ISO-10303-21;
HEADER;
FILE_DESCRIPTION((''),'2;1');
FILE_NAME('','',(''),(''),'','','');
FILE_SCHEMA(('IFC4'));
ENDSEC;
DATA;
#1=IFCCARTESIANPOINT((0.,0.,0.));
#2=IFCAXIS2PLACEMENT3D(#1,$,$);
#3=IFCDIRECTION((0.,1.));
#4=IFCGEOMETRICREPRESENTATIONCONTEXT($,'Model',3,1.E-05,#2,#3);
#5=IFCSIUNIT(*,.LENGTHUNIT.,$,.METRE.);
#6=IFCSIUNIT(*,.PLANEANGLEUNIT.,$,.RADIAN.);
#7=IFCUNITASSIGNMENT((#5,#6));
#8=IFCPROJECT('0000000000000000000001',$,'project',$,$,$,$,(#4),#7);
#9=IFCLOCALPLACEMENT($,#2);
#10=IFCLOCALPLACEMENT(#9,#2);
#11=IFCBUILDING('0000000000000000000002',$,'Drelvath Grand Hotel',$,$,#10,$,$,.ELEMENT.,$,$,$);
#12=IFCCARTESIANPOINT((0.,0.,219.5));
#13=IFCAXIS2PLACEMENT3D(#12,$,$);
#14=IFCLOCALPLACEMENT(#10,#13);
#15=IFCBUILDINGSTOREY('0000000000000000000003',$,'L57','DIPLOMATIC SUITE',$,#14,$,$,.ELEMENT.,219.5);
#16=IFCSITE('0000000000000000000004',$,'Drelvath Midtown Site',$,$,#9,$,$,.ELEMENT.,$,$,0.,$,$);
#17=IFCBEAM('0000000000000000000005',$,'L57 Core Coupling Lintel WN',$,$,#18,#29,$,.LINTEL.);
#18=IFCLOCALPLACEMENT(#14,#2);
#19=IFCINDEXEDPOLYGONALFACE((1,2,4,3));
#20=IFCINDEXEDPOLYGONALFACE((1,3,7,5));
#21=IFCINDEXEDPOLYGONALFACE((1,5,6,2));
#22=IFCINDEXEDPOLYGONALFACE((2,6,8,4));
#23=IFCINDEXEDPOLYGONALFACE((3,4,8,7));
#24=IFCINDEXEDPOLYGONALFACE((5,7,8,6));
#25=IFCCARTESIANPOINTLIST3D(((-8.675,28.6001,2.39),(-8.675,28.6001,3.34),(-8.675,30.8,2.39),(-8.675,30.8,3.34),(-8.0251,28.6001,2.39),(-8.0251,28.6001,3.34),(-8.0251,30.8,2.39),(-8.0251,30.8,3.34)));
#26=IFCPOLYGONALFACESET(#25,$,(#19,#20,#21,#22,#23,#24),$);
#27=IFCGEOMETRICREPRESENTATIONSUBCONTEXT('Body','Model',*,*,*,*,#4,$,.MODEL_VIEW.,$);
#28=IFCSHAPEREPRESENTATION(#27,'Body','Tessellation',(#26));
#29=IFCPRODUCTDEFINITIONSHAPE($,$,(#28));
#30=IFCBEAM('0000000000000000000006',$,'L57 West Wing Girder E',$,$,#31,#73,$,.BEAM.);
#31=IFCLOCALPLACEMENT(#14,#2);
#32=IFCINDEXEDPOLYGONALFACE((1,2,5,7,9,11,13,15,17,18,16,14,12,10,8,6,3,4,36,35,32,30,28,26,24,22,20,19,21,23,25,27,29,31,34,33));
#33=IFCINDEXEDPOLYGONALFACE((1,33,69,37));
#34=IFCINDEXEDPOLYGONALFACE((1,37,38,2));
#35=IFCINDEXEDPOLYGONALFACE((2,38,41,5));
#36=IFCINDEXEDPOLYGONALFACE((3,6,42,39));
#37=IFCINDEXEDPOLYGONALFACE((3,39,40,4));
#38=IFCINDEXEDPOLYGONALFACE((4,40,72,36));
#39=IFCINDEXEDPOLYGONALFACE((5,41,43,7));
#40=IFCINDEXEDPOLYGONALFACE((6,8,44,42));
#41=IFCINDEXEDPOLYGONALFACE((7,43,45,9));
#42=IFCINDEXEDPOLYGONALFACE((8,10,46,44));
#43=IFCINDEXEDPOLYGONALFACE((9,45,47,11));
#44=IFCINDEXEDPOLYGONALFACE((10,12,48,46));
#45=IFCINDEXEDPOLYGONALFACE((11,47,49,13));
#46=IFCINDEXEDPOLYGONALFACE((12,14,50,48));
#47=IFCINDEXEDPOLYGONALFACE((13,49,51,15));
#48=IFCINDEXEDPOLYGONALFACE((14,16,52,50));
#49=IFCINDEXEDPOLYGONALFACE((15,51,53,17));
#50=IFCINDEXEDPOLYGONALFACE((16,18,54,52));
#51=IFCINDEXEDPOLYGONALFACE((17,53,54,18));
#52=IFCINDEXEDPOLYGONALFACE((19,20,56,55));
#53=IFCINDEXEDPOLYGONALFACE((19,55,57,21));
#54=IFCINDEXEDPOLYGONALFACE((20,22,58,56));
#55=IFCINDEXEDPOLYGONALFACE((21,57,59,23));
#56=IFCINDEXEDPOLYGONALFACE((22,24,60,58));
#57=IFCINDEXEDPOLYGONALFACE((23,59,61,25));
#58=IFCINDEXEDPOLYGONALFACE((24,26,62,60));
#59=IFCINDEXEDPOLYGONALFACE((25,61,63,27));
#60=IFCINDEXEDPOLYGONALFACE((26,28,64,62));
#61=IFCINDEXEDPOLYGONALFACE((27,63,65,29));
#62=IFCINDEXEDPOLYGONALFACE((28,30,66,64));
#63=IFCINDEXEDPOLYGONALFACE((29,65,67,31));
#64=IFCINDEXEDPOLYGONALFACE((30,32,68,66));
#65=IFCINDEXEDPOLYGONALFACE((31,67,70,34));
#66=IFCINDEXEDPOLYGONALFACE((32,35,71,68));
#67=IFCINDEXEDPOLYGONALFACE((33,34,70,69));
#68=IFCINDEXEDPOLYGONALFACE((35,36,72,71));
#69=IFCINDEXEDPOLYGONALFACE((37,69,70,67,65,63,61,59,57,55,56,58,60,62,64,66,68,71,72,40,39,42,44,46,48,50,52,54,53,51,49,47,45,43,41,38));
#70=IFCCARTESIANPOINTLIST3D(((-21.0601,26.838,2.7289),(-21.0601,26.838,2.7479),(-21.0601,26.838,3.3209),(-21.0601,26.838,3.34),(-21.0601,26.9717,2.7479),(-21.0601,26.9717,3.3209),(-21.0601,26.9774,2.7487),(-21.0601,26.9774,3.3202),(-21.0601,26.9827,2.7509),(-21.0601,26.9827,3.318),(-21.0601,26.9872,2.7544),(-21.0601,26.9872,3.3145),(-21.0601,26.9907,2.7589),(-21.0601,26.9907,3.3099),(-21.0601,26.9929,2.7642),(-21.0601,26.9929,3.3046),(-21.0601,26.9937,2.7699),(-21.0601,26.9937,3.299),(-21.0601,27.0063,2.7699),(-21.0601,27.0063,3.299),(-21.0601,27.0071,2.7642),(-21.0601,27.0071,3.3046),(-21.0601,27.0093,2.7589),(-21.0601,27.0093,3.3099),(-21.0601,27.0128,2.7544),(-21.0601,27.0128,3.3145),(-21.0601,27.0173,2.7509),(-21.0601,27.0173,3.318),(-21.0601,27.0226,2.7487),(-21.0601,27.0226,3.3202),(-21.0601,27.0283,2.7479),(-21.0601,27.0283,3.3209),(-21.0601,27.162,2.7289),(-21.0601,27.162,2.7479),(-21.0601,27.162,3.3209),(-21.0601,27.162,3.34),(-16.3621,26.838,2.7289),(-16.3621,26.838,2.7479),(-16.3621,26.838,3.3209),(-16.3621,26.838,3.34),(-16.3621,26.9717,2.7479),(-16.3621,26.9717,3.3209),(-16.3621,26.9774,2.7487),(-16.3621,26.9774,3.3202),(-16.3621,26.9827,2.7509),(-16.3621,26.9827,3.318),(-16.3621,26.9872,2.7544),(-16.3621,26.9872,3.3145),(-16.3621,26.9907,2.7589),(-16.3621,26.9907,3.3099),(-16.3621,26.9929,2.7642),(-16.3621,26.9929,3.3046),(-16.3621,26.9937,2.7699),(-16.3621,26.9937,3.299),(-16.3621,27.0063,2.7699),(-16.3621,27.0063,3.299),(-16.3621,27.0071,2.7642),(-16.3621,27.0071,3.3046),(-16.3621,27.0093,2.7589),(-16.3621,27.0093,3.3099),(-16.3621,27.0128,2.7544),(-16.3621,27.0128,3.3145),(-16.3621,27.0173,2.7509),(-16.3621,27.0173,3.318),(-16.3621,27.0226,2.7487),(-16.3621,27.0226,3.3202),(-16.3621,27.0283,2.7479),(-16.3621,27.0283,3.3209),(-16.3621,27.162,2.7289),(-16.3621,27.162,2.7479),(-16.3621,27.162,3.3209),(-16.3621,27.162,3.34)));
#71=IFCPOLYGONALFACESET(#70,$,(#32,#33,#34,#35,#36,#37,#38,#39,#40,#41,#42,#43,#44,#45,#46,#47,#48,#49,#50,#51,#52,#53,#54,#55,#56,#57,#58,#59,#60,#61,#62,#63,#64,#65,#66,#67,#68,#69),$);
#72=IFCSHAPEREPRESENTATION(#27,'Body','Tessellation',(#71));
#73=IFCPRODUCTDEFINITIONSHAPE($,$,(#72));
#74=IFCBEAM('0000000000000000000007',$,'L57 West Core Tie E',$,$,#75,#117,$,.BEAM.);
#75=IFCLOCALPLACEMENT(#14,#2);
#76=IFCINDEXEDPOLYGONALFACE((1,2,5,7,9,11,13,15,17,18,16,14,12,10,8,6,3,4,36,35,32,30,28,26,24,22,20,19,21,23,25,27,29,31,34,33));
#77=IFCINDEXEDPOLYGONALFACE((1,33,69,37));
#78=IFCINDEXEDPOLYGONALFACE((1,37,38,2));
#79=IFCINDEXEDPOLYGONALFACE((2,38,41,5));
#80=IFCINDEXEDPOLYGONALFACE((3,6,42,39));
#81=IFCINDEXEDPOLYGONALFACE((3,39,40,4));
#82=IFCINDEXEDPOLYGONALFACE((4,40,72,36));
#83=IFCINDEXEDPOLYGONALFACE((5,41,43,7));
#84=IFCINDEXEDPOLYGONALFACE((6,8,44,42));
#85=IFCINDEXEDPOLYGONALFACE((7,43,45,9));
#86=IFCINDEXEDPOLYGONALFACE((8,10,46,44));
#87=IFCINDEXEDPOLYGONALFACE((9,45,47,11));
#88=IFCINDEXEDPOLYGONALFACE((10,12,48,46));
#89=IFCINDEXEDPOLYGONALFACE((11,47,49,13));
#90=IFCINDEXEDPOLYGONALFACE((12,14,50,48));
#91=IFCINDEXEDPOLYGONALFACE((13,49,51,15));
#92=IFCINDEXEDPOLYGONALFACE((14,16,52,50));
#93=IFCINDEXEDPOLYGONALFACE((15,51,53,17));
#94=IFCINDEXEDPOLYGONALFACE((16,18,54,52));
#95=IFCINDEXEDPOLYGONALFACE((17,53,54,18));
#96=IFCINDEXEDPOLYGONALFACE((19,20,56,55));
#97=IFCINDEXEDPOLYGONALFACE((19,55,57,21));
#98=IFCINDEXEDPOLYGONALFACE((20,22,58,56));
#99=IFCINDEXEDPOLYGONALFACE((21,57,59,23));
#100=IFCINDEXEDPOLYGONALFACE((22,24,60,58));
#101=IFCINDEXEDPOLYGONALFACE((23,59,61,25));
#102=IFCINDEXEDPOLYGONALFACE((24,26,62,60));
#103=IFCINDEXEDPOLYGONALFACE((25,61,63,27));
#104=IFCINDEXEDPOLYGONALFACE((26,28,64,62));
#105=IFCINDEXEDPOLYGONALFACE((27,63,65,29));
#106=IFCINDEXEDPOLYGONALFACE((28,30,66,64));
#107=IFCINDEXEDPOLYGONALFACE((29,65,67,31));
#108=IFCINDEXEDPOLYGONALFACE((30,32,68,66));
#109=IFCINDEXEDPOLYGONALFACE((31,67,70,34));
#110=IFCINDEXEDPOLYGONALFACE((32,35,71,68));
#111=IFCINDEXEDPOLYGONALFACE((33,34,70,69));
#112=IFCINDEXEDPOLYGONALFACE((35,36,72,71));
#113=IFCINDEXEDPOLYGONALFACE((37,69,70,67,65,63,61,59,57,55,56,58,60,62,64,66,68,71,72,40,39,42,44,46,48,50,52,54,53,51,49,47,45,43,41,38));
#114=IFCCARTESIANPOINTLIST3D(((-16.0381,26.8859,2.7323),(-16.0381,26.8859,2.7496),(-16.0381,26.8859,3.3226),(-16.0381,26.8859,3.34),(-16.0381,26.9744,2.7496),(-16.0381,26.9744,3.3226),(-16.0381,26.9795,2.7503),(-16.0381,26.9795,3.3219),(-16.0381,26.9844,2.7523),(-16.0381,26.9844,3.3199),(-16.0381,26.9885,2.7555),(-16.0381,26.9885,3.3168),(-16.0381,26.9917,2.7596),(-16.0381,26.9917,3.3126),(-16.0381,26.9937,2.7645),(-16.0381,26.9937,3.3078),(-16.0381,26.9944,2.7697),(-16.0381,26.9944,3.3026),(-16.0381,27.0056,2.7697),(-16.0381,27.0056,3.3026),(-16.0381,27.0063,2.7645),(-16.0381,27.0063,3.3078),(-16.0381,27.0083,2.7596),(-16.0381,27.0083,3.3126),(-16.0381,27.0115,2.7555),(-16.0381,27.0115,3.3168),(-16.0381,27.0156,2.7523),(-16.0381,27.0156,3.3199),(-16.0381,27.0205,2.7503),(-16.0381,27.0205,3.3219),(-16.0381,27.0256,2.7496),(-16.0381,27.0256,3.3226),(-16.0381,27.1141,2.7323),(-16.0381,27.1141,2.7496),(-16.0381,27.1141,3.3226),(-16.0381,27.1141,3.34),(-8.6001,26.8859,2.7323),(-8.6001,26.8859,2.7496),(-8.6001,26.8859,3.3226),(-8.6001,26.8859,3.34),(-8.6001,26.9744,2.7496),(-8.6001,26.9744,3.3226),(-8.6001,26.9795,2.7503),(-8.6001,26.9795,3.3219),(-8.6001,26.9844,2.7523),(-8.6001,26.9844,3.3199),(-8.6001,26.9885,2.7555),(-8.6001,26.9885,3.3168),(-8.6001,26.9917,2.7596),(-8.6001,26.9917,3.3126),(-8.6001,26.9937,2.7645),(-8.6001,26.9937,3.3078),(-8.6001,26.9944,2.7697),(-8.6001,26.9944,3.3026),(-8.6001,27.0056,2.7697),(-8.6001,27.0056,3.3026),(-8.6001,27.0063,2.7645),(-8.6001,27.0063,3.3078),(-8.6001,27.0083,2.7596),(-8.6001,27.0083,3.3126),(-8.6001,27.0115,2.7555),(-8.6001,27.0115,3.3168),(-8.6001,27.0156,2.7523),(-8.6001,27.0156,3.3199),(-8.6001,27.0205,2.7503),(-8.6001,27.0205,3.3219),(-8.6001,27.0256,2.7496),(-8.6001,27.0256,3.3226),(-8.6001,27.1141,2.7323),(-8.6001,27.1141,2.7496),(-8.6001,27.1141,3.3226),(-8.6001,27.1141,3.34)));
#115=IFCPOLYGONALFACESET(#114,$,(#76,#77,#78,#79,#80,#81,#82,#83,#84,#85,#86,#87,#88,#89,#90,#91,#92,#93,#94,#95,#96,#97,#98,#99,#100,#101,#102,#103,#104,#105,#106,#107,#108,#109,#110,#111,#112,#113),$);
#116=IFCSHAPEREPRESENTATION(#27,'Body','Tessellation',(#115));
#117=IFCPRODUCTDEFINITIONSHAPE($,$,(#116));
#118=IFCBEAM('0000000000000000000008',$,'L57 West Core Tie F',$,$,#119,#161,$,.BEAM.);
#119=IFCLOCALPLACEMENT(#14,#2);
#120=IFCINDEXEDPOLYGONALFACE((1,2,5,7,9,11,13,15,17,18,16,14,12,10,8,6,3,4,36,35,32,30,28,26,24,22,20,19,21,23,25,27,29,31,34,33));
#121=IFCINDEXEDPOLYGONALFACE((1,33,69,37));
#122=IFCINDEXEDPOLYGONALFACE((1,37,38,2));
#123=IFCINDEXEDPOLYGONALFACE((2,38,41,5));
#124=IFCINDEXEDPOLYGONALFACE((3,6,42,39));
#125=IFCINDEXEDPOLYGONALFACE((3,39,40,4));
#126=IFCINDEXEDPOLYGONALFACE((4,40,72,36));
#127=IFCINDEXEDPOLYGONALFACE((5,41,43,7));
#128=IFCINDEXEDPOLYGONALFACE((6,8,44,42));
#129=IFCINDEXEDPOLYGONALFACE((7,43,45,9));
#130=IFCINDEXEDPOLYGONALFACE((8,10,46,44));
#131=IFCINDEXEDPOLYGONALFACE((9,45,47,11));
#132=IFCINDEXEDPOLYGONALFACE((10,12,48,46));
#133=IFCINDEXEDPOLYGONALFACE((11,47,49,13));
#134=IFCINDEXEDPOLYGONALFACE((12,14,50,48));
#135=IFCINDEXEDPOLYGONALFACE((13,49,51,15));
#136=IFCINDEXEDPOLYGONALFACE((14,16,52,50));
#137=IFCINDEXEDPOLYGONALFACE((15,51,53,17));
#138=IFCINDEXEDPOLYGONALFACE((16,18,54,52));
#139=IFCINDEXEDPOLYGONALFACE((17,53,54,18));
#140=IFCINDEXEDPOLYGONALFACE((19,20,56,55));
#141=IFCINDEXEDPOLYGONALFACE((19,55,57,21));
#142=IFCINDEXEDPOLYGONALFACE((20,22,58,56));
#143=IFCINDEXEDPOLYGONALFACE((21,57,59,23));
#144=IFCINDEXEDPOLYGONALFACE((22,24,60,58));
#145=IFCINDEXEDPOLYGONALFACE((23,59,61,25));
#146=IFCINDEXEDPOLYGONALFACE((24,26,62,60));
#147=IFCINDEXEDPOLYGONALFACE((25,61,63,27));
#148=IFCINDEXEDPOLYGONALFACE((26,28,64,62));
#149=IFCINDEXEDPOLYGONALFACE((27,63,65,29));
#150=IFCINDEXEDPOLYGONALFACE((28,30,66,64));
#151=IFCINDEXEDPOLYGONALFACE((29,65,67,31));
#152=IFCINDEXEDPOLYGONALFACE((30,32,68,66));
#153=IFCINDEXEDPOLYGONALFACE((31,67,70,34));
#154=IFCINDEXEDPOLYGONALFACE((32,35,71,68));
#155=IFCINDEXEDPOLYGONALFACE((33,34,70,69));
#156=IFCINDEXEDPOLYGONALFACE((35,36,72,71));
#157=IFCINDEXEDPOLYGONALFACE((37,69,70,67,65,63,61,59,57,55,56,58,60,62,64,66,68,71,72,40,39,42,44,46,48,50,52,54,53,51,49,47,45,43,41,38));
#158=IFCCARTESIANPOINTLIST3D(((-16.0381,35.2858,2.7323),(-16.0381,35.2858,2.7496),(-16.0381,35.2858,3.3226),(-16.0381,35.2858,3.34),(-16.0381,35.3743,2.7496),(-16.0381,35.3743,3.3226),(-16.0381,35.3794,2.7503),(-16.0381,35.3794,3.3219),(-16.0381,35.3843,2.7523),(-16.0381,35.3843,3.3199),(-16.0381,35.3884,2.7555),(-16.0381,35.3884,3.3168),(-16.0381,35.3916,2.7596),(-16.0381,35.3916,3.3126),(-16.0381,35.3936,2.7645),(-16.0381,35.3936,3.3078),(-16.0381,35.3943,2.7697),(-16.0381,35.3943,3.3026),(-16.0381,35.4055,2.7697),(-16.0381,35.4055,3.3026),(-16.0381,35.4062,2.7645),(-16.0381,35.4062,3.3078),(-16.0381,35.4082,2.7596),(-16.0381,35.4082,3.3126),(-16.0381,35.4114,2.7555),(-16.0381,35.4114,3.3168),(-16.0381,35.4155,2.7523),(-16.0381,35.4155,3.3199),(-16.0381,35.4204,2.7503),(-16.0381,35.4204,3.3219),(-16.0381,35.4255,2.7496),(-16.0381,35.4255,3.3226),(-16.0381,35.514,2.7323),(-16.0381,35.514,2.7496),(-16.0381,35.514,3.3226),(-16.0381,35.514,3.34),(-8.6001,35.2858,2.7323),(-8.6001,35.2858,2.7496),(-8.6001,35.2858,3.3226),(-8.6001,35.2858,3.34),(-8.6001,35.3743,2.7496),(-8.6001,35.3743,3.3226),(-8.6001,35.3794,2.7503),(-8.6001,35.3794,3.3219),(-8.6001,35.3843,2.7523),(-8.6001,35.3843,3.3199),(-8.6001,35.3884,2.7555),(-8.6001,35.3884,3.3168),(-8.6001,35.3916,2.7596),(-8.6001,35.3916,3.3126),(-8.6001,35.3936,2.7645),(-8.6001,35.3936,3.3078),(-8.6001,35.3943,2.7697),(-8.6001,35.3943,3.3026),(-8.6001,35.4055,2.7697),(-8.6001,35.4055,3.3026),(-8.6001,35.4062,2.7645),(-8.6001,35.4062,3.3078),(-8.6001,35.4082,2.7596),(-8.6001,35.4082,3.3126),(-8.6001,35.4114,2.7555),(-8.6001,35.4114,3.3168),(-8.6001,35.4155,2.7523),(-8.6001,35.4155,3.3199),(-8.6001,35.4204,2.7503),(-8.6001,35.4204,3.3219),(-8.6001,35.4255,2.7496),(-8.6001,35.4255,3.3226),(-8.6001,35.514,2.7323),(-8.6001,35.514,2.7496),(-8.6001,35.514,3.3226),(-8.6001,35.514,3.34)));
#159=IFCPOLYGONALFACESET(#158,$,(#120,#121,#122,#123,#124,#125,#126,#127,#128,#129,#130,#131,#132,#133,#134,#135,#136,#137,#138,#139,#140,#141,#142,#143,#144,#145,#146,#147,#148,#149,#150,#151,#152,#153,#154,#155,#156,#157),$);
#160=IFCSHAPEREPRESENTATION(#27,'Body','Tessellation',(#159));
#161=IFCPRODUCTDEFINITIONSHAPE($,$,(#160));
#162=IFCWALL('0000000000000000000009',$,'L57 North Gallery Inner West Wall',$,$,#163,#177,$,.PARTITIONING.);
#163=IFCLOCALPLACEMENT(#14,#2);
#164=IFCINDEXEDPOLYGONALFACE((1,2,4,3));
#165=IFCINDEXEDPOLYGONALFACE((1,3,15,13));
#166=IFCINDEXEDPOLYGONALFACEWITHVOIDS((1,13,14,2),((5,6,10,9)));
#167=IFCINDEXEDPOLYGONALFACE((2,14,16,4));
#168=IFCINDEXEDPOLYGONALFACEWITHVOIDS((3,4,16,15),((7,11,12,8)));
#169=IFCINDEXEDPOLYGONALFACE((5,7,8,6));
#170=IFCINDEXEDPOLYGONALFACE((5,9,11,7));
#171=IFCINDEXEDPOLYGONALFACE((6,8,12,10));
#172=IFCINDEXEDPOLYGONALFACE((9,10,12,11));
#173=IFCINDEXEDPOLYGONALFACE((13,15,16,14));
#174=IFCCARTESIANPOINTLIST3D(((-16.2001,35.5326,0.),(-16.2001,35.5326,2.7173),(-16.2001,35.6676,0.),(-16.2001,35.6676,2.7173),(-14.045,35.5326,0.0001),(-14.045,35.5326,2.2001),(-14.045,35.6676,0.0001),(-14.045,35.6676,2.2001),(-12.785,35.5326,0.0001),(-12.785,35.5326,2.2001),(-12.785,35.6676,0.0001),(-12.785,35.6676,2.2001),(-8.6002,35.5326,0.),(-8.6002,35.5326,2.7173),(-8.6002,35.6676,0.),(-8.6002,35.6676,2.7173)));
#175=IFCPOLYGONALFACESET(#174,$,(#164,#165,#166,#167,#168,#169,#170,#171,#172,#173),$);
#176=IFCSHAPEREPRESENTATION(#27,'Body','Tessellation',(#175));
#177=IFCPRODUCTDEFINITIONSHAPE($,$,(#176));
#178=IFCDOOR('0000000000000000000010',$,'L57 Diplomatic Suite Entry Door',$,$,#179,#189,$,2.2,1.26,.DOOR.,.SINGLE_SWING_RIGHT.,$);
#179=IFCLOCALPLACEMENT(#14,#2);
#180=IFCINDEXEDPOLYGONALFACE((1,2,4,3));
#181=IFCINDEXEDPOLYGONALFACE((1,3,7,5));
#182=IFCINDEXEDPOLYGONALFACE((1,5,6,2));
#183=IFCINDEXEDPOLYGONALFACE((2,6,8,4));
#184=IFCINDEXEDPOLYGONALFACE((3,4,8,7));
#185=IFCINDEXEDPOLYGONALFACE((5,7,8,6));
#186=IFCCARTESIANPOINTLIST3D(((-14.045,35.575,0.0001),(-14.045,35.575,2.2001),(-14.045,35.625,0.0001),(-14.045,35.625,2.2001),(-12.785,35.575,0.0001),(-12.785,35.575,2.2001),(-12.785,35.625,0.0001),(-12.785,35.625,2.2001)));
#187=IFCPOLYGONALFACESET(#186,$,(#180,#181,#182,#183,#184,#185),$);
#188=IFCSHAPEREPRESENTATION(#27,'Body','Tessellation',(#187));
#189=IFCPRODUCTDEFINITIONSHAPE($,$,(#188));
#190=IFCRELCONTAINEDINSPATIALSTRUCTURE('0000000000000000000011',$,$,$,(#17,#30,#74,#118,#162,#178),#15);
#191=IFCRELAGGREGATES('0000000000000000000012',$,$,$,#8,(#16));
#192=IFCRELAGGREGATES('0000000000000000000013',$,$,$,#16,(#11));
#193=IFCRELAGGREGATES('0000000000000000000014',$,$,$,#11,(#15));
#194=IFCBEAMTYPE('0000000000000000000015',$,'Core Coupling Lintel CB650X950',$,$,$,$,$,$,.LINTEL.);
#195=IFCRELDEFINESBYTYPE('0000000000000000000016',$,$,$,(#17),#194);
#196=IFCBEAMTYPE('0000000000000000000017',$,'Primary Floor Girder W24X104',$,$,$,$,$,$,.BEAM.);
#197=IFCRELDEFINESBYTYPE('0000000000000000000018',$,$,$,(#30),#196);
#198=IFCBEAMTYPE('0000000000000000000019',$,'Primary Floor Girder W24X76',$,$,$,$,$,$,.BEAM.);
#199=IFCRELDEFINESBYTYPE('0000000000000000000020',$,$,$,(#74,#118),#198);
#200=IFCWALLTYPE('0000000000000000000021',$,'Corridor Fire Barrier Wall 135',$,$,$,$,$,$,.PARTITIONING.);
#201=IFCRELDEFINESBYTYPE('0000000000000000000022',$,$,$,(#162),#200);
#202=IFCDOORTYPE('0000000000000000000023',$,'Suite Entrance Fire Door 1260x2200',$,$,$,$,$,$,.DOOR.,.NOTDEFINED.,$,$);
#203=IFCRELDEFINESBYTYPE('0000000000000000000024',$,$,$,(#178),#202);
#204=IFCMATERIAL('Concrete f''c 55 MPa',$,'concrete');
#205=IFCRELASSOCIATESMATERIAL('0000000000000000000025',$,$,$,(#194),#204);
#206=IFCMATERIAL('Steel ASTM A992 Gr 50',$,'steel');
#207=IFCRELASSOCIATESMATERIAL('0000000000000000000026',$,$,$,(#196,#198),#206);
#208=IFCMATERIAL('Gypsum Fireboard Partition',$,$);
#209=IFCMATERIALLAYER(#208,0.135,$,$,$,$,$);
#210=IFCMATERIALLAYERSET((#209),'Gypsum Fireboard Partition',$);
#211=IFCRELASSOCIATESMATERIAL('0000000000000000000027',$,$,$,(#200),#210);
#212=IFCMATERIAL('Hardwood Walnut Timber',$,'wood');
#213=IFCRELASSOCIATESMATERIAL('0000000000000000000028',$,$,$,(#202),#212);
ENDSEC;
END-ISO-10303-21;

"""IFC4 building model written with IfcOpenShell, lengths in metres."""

from ifc_helpers import new_model, si_unit, direction, frame, frame_2d, origin, origin_2d, place, context, subcontext, project, spatial, rectangle, i_section, extrude, material, layer, layer_set, material_profile, profile_set, type_object, element, fill, save


model = new_model("IFC4")

# Units and contexts
model_context = context("Model", 3, precision=1e-05, world=origin(), true_north=direction((0.0, 1.0)))
body_context = subcontext(model_context, "Body", "Model", "MODEL_VIEW")
ifc_project = project(units=[si_unit("LENGTHUNIT", "METRE"), si_unit("PLANEANGLEUNIT", "RADIAN")], contexts=[model_context])

# Site, building, storey
site_placement = place(None, origin())
site = spatial("IfcSite", under=ifc_project, at=site_placement, Name="Drelvath Midtown Site", CompositionType="ELEMENT", RefElevation=0.0)
building_placement = place(site_placement, origin())
building = spatial("IfcBuilding", under=site, at=building_placement, Name="Drelvath Grand Hotel", CompositionType="ELEMENT")
storey_placement = place(building_placement, frame((0.0, 0.0, 219.5)))
storey = spatial("IfcBuildingStorey", under=building, at=storey_placement, Name="L57", Description="DIPLOMATIC SUITE", CompositionType="ELEMENT", Elevation=219.5)

# Beams
ifc_material_1 = material(Name="Concrete f'c 55 MPa", Category="concrete")
ifc_material_profile_1 = material_profile(ifc_material_1, rectangle(XDim=0.6499, YDim=0.95, at=origin_2d()), Name="CB650X950")
ifc_profile_set_1 = profile_set([ifc_material_profile_1], Name="Concrete f'c 55 MPa")
beam_type_1 = type_object("IfcBeamType", Name="Core Coupling Lintel CB650X950", PredefinedType="LINTEL", material=ifc_profile_set_1)
beam_1_placement = place(storey_placement, frame((-8.3501, 28.6001, 2.865), z_axis=(0.0, 1.0, 0.0), x_axis=(-1.0, 0.0, 0.0)))
element("IfcBeam", 1, at=beam_1_placement, inside=storey, type_object=beam_type_1, Name="L57 Core Coupling Lintel WN", PredefinedType="LINTEL", context=body_context, shape_type="SweptSolid", body=[
    extrude(rectangle(XDim=0.6499, YDim=0.95, at=origin_2d()), origin(), (0.0, 0.0, 1.0), 2.2),
])
ifc_material_2 = material(Name="Steel ASTM A992 Gr 50", Category="steel")
ifc_material_profile_2 = material_profile(ifc_material_2, i_section(OverallWidth=0.324, OverallDepth=0.6111, WebThickness=0.0127, FlangeThickness=0.019, FilletRadius=0.022, at=origin_2d()), Name="W24X104")
ifc_profile_set_2 = profile_set([ifc_material_profile_2], Name="Steel ASTM A992 Gr 50")
beam_type_2 = type_object("IfcBeamType", Name="Primary Floor Girder W24X104", PredefinedType="BEAM", material=ifc_profile_set_2)
beam_2_placement = place(storey_placement, frame((-21.0601, 27.0, 3.0344), z_axis=(1.0, 0.0, 0.0), x_axis=(0.0, 1.0, 0.0)))
element("IfcBeam", 2, at=beam_2_placement, inside=storey, type_object=beam_type_2, Name="L57 West Wing Girder E", PredefinedType="BEAM", context=body_context, shape_type="SweptSolid", body=[
    extrude(i_section(OverallWidth=0.324, OverallDepth=0.6111, WebThickness=0.0127, FlangeThickness=0.019, FilletRadius=0.022, at=origin_2d()), origin(), (0.0, 0.0, 1.0), 4.698),
])
ifc_material_profile_3 = material_profile(ifc_material_2, i_section(OverallWidth=0.2283, OverallDepth=0.6077, WebThickness=0.0112, FlangeThickness=0.0173, FilletRadius=0.02, at=origin_2d()), Name="W24X76")
ifc_profile_set_3 = profile_set([ifc_material_profile_3], Name="Steel ASTM A992 Gr 50")
beam_type_3 = type_object("IfcBeamType", Name="Primary Floor Girder W24X76", PredefinedType="BEAM", material=ifc_profile_set_3)
for number, where, z_axis, x_axis, name in (
    (3, (-16.0381, 27.0, 3.0361), (1.0, 0.0, 0.0), (0.0, 1.0, 0.0), "L57 West Core Tie E"),
    (4, (-16.0381, 35.3999, 3.0361), (1.0, 0.0, 0.0), (0.0, 1.0, 0.0), "L57 West Core Tie F"),
):
    element("IfcBeam", number, at=place(storey_placement, frame(where, z_axis=z_axis, x_axis=x_axis)), inside=storey, type_object=beam_type_3, Name=name, PredefinedType="BEAM", context=body_context, shape_type="SweptSolid", body=[
        extrude(i_section(OverallWidth=0.2283, OverallDepth=0.6077, WebThickness=0.0112, FlangeThickness=0.0173, FilletRadius=0.02, at=origin_2d()), origin(), (0.0, 0.0, 1.0), 7.438),
    ])

# Wall, opening, door
ifc_material_3 = material(Name="Gypsum Fireboard Partition")
ifc_layer_1 = layer(ifc_material_3, 0.135)
ifc_layer_set_1 = layer_set([ifc_layer_1], Name="Gypsum Fireboard Partition")
wall_type_1 = type_object("IfcWallType", Name="Corridor Fire Barrier Wall 135", PredefinedType="PARTITIONING", material=ifc_layer_set_1)
wall_1_placement = place(storey_placement, frame((-16.2, 35.6001, 0.0), z_axis=(0.0, 0.0, 1.0), x_axis=(1.0, 0.0, 0.0)))
wall_1 = element("IfcWall", 5, at=wall_1_placement, inside=storey, type_object=wall_type_1, Name="L57 North Gallery Inner West Wall", PredefinedType="PARTITIONING", context=body_context, shape_type="SweptSolid", body=[
    extrude(rectangle(XDim=7.5999, YDim=0.135, at=frame_2d((3.7998, 0.0))), origin(), (0.0, 0.0, 1.0), 2.7173),
])
opening_1_placement = place(wall_1_placement, frame((2.155, 0.0, 0.0)))
opening_1 = element("IfcOpeningElement", 6, at=opening_1_placement, cuts=wall_1, PredefinedType="OPENING", context=body_context, shape_type="SweptSolid", body=[
    extrude(rectangle(XDim=1.26, YDim=2.2, at=frame_2d((0.6299, 1.1001))), frame((0.0, 0.0774, 0.0), z_axis=(0.0, -1.0, 0.0), x_axis=(1.0, 0.0, 0.0)), (0.0, 0.0, 1.0), 0.155),
])
ifc_material_4 = material(Name="Hardwood Walnut Timber", Category="wood")
door_type_1 = type_object("IfcDoorType", Name="Suite Entrance Fire Door 1260x2200", OperationType="NOTDEFINED", PredefinedType="DOOR", material=ifc_material_4)
door_1_placement = place(opening_1_placement, origin())
door_1 = element("IfcDoor", 7, at=door_1_placement, inside=storey, type_object=door_type_1, Name="L57 Diplomatic Suite Entry Door", OperationType="SINGLE_SWING_RIGHT", OverallHeight=2.2, OverallWidth=1.26, PredefinedType="DOOR", context=body_context, shape_type="SweptSolid", body=[
    extrude(rectangle(XDim=1.26, YDim=2.2, at=frame_2d((0.6299, 1.1001))), frame((0.0, 0.0249, 0.0), z_axis=(0.0, -1.0, 0.0), x_axis=(1.0, 0.0, 0.0)), (0.0, 0.0, 1.0), 0.05),
])
fill(opening_1, door_1)

save(model, "model.ifc")
